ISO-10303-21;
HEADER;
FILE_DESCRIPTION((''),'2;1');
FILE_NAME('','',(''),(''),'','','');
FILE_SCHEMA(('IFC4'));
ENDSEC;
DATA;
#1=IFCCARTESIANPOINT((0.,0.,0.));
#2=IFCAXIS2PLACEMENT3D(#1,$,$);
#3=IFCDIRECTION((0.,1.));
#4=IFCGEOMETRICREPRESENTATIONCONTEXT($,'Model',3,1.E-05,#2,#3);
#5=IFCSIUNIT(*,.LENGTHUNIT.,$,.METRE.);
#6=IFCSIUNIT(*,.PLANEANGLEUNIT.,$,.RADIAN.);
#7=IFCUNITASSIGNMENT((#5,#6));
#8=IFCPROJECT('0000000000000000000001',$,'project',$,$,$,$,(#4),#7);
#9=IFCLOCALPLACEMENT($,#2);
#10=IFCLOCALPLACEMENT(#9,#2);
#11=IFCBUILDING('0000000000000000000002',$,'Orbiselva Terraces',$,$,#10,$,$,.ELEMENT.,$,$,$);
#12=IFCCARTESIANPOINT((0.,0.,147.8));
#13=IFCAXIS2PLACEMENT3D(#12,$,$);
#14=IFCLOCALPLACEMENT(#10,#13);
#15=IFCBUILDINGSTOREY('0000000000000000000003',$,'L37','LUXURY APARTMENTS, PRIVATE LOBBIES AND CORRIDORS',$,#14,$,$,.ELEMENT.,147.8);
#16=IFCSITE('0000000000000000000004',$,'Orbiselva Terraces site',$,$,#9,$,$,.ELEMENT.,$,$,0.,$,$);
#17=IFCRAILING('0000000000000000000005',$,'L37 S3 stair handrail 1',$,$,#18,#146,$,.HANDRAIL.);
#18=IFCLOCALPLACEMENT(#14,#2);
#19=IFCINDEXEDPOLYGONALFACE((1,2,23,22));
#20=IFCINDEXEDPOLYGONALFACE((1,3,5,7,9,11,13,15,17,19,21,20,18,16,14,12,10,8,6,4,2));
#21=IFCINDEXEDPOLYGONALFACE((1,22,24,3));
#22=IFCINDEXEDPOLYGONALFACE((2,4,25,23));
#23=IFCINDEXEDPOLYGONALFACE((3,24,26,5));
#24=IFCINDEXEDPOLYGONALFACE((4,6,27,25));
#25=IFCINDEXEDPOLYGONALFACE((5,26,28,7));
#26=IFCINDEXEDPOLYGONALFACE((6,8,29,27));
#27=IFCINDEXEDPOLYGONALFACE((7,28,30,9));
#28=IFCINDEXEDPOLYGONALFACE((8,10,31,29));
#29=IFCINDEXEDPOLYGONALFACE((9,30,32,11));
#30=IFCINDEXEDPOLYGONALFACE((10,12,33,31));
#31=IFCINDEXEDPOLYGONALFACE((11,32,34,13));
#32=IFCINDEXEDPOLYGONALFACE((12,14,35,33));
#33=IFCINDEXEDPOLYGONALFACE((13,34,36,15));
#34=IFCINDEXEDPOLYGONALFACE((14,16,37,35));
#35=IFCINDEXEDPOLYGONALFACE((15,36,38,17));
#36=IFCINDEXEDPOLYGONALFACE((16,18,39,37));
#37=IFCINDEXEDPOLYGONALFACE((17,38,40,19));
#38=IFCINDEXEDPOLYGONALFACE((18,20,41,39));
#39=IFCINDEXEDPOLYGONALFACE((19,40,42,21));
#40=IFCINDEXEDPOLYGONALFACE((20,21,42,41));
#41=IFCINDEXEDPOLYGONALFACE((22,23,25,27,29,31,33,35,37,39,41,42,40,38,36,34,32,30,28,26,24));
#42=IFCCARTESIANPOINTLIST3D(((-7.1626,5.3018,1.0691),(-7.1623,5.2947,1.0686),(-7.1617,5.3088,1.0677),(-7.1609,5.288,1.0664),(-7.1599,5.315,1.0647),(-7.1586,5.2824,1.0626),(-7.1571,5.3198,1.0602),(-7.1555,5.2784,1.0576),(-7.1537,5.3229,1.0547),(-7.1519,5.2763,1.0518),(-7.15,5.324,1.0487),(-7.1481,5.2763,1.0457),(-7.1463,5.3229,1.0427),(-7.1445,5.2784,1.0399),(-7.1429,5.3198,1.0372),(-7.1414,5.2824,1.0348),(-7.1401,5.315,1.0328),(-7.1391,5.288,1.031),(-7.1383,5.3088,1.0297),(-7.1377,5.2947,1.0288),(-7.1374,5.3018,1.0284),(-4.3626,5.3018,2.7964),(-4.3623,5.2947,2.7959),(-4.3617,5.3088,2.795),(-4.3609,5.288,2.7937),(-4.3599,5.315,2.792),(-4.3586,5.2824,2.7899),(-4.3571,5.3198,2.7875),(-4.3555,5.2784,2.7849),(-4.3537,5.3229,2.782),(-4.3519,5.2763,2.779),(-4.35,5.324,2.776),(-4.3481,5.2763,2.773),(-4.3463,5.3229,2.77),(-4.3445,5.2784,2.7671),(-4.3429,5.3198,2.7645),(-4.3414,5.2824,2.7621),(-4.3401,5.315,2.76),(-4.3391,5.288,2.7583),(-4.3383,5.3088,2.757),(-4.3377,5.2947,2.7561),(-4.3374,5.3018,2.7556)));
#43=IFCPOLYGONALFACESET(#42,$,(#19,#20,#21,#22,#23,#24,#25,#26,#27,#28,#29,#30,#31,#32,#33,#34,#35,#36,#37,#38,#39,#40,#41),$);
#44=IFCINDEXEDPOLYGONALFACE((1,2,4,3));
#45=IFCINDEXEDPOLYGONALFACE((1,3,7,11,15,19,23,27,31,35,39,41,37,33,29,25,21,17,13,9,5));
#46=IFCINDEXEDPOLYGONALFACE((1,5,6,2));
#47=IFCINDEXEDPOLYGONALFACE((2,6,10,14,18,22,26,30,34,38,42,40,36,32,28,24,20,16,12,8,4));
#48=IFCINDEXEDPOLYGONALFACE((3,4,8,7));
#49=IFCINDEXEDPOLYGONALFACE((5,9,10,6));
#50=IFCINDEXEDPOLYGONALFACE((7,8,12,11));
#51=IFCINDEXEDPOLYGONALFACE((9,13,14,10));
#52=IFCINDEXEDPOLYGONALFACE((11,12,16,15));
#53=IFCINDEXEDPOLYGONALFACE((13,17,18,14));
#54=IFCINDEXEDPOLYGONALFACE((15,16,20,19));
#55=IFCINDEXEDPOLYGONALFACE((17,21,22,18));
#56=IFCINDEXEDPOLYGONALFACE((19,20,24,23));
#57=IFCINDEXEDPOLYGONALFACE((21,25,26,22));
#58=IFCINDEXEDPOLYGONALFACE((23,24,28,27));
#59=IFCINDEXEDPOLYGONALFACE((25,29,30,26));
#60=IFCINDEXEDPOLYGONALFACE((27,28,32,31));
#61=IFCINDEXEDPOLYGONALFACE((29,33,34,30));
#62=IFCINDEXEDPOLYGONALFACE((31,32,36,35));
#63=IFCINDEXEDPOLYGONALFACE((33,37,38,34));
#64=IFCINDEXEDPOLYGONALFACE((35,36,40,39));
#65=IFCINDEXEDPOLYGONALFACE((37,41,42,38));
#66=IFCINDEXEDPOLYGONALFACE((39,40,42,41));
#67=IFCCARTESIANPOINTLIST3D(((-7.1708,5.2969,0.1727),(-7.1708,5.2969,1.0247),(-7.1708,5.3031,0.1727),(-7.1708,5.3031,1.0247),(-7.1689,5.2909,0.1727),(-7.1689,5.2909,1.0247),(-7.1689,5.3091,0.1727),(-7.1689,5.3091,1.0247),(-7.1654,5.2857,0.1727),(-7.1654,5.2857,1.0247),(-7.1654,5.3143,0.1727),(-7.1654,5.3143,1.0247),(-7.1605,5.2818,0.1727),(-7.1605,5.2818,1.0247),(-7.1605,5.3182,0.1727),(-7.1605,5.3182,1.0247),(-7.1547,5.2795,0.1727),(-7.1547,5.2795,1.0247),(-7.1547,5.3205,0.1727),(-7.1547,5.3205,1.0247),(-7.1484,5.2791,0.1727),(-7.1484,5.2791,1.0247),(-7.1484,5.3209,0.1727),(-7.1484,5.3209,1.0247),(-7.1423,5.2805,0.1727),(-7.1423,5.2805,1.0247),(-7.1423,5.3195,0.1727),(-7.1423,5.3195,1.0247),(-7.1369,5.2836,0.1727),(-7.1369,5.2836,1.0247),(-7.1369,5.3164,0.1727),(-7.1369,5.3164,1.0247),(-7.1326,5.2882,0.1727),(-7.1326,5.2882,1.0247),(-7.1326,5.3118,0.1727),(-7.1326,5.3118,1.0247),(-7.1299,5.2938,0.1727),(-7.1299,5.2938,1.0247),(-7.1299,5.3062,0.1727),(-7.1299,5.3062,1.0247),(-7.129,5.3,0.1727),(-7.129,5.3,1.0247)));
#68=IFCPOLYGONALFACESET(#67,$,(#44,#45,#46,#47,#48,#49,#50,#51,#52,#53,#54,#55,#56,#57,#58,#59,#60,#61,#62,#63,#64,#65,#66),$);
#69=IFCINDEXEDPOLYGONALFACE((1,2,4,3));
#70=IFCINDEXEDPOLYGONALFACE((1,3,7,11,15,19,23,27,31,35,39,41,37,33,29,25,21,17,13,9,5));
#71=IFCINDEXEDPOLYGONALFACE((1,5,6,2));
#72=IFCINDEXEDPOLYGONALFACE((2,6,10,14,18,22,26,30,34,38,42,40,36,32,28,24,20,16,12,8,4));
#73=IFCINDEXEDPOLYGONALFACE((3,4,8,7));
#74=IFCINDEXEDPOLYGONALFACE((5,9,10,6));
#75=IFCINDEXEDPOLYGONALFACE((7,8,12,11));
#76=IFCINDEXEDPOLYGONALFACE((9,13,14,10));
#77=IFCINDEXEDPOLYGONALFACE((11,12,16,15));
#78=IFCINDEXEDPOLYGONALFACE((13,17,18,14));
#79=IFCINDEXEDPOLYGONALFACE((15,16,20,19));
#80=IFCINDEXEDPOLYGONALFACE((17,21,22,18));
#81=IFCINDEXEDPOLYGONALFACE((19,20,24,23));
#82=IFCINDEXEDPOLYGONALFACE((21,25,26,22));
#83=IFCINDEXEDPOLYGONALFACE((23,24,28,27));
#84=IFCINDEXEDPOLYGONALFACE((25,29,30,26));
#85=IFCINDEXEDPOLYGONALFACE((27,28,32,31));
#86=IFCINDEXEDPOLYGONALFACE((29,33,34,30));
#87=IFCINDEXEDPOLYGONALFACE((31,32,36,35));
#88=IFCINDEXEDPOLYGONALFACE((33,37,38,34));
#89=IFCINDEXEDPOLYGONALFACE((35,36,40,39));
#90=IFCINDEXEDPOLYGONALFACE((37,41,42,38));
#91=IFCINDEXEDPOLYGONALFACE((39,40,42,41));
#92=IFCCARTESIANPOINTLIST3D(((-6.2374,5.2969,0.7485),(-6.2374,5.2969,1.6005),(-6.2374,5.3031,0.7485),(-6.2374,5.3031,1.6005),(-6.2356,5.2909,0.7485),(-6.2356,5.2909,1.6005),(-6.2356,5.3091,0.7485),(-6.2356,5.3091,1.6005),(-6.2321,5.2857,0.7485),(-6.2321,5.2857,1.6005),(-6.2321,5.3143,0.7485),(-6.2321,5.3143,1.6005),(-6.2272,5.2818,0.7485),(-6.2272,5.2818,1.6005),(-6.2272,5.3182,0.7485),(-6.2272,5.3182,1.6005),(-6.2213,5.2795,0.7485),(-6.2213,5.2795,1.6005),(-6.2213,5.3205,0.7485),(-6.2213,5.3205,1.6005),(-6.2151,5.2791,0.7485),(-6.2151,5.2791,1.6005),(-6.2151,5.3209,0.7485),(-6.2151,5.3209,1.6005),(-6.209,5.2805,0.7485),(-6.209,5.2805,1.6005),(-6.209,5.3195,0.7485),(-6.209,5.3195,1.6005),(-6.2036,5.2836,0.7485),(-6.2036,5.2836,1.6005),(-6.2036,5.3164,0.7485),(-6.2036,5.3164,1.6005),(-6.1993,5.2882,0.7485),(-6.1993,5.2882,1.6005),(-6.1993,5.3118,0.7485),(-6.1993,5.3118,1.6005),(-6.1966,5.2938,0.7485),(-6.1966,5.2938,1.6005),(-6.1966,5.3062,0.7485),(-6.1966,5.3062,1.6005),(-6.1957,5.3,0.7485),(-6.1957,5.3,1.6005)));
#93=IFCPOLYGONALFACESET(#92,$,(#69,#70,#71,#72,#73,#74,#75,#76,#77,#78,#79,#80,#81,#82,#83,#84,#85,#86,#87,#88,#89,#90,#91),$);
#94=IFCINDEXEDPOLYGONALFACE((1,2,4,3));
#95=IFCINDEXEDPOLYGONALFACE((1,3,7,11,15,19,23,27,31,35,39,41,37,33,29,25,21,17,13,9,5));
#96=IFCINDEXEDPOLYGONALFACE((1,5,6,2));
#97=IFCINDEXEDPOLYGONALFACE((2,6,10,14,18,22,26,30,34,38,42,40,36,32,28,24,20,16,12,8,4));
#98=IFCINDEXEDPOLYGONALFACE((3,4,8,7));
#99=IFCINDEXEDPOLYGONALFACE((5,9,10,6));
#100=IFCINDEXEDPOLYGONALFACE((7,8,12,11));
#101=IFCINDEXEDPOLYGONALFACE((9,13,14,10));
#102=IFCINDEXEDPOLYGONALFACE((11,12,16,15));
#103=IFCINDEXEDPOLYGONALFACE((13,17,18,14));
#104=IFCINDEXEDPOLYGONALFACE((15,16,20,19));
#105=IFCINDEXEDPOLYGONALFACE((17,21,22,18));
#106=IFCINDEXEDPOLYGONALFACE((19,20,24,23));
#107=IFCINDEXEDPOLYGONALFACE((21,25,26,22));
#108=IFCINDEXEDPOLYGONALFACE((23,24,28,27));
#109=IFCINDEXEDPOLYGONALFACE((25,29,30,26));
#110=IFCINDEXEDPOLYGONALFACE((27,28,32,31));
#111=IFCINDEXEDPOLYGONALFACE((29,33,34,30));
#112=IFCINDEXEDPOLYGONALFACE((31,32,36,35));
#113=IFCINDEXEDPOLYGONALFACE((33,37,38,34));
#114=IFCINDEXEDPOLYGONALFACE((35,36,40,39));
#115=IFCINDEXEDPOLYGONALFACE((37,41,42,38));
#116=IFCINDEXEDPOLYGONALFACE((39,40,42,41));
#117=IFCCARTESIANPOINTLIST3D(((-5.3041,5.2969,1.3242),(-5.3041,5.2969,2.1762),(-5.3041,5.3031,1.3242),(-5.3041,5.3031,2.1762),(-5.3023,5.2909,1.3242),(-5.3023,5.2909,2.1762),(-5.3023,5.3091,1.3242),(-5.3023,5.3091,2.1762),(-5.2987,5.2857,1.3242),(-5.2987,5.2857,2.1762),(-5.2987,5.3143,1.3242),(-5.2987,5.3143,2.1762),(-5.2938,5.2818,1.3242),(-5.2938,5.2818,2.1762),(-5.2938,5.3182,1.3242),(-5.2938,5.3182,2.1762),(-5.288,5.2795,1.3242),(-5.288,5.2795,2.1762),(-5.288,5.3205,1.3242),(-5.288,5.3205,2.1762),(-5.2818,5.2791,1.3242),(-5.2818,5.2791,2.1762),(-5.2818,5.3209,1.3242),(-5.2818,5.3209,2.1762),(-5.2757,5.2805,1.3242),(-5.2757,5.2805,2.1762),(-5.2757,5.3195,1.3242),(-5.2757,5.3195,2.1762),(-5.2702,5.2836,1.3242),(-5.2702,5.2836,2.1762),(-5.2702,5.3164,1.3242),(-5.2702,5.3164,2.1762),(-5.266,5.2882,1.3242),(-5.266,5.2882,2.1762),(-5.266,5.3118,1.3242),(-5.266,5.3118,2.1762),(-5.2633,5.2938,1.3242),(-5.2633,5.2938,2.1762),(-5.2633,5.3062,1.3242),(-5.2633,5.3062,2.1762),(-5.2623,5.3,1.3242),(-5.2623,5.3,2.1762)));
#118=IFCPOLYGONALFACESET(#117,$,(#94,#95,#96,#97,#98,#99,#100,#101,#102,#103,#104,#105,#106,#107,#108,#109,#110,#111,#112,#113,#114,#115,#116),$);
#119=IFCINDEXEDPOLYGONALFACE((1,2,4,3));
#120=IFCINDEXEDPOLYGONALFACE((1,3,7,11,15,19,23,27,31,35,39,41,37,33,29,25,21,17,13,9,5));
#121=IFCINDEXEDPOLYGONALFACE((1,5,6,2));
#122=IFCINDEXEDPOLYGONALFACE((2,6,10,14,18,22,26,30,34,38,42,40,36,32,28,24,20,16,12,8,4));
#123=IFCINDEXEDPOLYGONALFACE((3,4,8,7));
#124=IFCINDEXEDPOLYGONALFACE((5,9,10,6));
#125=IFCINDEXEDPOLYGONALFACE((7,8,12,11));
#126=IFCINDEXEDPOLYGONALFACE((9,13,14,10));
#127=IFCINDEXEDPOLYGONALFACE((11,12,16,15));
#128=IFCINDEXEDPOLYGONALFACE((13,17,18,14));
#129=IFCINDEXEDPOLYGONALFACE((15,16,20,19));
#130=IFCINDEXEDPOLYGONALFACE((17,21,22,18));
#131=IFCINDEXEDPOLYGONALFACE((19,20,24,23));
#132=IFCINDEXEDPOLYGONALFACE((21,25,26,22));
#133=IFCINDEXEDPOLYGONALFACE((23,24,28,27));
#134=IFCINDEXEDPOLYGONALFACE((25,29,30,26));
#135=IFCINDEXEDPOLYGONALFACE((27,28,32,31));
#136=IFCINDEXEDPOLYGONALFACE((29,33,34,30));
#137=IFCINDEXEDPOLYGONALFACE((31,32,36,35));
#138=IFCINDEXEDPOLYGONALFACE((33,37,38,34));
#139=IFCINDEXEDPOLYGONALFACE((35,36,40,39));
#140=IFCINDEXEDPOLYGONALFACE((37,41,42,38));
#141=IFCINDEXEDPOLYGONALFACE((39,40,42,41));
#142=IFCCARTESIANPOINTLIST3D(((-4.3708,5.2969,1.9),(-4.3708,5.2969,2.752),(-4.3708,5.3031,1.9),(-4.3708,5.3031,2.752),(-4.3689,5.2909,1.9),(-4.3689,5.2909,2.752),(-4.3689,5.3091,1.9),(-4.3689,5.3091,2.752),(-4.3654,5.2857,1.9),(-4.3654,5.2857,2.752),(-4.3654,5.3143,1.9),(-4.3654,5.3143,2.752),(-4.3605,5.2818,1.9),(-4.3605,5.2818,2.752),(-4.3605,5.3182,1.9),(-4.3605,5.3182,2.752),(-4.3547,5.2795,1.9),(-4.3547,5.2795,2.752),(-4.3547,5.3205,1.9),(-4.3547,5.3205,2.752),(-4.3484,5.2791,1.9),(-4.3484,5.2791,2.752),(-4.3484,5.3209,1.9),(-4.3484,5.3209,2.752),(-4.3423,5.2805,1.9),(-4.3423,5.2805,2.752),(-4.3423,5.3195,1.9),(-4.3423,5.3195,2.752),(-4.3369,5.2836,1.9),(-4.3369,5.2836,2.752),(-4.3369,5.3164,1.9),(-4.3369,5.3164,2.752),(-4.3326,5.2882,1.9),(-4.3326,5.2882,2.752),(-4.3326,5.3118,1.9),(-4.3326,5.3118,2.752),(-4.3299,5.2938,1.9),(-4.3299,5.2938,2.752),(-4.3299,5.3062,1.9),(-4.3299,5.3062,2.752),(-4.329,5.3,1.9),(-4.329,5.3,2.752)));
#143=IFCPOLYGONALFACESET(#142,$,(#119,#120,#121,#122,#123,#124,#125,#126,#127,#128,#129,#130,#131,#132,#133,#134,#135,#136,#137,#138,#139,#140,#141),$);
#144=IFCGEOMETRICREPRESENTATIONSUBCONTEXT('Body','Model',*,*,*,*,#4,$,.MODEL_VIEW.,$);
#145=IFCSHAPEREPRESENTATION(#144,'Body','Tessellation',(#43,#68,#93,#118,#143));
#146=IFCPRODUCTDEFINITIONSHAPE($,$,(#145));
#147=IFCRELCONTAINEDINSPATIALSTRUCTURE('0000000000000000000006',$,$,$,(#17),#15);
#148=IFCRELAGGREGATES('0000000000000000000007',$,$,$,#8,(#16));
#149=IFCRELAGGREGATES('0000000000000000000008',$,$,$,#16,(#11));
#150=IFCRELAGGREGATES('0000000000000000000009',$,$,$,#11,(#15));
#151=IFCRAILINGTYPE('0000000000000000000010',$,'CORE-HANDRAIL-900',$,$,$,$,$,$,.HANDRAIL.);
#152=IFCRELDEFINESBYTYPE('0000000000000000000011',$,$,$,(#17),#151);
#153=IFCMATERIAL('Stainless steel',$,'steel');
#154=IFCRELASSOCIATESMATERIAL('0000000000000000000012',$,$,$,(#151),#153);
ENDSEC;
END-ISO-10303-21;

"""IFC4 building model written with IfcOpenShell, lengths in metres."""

from ifc_helpers import new_model, si_unit, direction, frame, origin, origin_2d, place, context, subcontext, project, spatial, circle, extrude, material, type_object, element, save


model = new_model("IFC4")

# Units and contexts
model_context = context("Model", 3, precision=1e-05, world=origin(), true_north=direction((0.0, 1.0)))
body_context = subcontext(model_context, "Body", "Model", "MODEL_VIEW")
ifc_project = project(units=[si_unit("LENGTHUNIT", "METRE"), si_unit("PLANEANGLEUNIT", "RADIAN")], contexts=[model_context])

# Site, building, storey
site_placement = place(None, origin())
site = spatial("IfcSite", under=ifc_project, at=site_placement, Name="Orbiselva Terraces site", CompositionType="ELEMENT", RefElevation=0.0)
building_placement = place(site_placement, origin())
building = spatial("IfcBuilding", under=site, at=building_placement, Name="Orbiselva Terraces", CompositionType="ELEMENT")
storey_placement = place(building_placement, frame((0.0, 0.0, 147.8)))
storey = spatial("IfcBuildingStorey", under=building, at=storey_placement, Name="L37", Description="LUXURY APARTMENTS, PRIVATE LOBBIES AND CORRIDORS", CompositionType="ELEMENT", Elevation=147.8)

# Railing
ifc_material_1 = material(Name="Stainless steel", Category="steel")
railing_type_1 = type_object("IfcRailingType", Name="CORE-HANDRAIL-900", PredefinedType="HANDRAIL", material=ifc_material_1)
railing_1_placement = place(storey_placement, frame((-7.15, 5.3, 0.1727)))
element("IfcRailing", 1, at=railing_1_placement, inside=storey, type_object=railing_type_1, Name="L37 S3 stair handrail 1", PredefinedType="HANDRAIL", context=body_context, shape_type="SweptSolid", body=[
    extrude(circle(Radius=0.024, at=origin_2d()), frame((0.0, 0.0, 0.876), z_axis=(0.851089, 0.0, 0.525022), x_axis=(0.0, 1.0, 0.0)), (0.0, 0.0, 1.0), 3.2899),
    extrude(circle(Radius=0.021, at=origin_2d()), origin(), (0.0, 0.0, 1.0), 0.852),
    extrude(circle(Radius=0.021, at=origin_2d()), frame((0.9333, 0.0, 0.5758)), (0.0, 0.0, 1.0), 0.852),
    extrude(circle(Radius=0.021, at=origin_2d()), frame((1.8667, 0.0, 1.1515)), (0.0, 0.0, 1.0), 0.852),
    extrude(circle(Radius=0.021, at=origin_2d()), frame((2.8, 0.0, 1.7273)), (0.0, 0.0, 1.0), 0.852),
])

save(model, "model.ifc")
